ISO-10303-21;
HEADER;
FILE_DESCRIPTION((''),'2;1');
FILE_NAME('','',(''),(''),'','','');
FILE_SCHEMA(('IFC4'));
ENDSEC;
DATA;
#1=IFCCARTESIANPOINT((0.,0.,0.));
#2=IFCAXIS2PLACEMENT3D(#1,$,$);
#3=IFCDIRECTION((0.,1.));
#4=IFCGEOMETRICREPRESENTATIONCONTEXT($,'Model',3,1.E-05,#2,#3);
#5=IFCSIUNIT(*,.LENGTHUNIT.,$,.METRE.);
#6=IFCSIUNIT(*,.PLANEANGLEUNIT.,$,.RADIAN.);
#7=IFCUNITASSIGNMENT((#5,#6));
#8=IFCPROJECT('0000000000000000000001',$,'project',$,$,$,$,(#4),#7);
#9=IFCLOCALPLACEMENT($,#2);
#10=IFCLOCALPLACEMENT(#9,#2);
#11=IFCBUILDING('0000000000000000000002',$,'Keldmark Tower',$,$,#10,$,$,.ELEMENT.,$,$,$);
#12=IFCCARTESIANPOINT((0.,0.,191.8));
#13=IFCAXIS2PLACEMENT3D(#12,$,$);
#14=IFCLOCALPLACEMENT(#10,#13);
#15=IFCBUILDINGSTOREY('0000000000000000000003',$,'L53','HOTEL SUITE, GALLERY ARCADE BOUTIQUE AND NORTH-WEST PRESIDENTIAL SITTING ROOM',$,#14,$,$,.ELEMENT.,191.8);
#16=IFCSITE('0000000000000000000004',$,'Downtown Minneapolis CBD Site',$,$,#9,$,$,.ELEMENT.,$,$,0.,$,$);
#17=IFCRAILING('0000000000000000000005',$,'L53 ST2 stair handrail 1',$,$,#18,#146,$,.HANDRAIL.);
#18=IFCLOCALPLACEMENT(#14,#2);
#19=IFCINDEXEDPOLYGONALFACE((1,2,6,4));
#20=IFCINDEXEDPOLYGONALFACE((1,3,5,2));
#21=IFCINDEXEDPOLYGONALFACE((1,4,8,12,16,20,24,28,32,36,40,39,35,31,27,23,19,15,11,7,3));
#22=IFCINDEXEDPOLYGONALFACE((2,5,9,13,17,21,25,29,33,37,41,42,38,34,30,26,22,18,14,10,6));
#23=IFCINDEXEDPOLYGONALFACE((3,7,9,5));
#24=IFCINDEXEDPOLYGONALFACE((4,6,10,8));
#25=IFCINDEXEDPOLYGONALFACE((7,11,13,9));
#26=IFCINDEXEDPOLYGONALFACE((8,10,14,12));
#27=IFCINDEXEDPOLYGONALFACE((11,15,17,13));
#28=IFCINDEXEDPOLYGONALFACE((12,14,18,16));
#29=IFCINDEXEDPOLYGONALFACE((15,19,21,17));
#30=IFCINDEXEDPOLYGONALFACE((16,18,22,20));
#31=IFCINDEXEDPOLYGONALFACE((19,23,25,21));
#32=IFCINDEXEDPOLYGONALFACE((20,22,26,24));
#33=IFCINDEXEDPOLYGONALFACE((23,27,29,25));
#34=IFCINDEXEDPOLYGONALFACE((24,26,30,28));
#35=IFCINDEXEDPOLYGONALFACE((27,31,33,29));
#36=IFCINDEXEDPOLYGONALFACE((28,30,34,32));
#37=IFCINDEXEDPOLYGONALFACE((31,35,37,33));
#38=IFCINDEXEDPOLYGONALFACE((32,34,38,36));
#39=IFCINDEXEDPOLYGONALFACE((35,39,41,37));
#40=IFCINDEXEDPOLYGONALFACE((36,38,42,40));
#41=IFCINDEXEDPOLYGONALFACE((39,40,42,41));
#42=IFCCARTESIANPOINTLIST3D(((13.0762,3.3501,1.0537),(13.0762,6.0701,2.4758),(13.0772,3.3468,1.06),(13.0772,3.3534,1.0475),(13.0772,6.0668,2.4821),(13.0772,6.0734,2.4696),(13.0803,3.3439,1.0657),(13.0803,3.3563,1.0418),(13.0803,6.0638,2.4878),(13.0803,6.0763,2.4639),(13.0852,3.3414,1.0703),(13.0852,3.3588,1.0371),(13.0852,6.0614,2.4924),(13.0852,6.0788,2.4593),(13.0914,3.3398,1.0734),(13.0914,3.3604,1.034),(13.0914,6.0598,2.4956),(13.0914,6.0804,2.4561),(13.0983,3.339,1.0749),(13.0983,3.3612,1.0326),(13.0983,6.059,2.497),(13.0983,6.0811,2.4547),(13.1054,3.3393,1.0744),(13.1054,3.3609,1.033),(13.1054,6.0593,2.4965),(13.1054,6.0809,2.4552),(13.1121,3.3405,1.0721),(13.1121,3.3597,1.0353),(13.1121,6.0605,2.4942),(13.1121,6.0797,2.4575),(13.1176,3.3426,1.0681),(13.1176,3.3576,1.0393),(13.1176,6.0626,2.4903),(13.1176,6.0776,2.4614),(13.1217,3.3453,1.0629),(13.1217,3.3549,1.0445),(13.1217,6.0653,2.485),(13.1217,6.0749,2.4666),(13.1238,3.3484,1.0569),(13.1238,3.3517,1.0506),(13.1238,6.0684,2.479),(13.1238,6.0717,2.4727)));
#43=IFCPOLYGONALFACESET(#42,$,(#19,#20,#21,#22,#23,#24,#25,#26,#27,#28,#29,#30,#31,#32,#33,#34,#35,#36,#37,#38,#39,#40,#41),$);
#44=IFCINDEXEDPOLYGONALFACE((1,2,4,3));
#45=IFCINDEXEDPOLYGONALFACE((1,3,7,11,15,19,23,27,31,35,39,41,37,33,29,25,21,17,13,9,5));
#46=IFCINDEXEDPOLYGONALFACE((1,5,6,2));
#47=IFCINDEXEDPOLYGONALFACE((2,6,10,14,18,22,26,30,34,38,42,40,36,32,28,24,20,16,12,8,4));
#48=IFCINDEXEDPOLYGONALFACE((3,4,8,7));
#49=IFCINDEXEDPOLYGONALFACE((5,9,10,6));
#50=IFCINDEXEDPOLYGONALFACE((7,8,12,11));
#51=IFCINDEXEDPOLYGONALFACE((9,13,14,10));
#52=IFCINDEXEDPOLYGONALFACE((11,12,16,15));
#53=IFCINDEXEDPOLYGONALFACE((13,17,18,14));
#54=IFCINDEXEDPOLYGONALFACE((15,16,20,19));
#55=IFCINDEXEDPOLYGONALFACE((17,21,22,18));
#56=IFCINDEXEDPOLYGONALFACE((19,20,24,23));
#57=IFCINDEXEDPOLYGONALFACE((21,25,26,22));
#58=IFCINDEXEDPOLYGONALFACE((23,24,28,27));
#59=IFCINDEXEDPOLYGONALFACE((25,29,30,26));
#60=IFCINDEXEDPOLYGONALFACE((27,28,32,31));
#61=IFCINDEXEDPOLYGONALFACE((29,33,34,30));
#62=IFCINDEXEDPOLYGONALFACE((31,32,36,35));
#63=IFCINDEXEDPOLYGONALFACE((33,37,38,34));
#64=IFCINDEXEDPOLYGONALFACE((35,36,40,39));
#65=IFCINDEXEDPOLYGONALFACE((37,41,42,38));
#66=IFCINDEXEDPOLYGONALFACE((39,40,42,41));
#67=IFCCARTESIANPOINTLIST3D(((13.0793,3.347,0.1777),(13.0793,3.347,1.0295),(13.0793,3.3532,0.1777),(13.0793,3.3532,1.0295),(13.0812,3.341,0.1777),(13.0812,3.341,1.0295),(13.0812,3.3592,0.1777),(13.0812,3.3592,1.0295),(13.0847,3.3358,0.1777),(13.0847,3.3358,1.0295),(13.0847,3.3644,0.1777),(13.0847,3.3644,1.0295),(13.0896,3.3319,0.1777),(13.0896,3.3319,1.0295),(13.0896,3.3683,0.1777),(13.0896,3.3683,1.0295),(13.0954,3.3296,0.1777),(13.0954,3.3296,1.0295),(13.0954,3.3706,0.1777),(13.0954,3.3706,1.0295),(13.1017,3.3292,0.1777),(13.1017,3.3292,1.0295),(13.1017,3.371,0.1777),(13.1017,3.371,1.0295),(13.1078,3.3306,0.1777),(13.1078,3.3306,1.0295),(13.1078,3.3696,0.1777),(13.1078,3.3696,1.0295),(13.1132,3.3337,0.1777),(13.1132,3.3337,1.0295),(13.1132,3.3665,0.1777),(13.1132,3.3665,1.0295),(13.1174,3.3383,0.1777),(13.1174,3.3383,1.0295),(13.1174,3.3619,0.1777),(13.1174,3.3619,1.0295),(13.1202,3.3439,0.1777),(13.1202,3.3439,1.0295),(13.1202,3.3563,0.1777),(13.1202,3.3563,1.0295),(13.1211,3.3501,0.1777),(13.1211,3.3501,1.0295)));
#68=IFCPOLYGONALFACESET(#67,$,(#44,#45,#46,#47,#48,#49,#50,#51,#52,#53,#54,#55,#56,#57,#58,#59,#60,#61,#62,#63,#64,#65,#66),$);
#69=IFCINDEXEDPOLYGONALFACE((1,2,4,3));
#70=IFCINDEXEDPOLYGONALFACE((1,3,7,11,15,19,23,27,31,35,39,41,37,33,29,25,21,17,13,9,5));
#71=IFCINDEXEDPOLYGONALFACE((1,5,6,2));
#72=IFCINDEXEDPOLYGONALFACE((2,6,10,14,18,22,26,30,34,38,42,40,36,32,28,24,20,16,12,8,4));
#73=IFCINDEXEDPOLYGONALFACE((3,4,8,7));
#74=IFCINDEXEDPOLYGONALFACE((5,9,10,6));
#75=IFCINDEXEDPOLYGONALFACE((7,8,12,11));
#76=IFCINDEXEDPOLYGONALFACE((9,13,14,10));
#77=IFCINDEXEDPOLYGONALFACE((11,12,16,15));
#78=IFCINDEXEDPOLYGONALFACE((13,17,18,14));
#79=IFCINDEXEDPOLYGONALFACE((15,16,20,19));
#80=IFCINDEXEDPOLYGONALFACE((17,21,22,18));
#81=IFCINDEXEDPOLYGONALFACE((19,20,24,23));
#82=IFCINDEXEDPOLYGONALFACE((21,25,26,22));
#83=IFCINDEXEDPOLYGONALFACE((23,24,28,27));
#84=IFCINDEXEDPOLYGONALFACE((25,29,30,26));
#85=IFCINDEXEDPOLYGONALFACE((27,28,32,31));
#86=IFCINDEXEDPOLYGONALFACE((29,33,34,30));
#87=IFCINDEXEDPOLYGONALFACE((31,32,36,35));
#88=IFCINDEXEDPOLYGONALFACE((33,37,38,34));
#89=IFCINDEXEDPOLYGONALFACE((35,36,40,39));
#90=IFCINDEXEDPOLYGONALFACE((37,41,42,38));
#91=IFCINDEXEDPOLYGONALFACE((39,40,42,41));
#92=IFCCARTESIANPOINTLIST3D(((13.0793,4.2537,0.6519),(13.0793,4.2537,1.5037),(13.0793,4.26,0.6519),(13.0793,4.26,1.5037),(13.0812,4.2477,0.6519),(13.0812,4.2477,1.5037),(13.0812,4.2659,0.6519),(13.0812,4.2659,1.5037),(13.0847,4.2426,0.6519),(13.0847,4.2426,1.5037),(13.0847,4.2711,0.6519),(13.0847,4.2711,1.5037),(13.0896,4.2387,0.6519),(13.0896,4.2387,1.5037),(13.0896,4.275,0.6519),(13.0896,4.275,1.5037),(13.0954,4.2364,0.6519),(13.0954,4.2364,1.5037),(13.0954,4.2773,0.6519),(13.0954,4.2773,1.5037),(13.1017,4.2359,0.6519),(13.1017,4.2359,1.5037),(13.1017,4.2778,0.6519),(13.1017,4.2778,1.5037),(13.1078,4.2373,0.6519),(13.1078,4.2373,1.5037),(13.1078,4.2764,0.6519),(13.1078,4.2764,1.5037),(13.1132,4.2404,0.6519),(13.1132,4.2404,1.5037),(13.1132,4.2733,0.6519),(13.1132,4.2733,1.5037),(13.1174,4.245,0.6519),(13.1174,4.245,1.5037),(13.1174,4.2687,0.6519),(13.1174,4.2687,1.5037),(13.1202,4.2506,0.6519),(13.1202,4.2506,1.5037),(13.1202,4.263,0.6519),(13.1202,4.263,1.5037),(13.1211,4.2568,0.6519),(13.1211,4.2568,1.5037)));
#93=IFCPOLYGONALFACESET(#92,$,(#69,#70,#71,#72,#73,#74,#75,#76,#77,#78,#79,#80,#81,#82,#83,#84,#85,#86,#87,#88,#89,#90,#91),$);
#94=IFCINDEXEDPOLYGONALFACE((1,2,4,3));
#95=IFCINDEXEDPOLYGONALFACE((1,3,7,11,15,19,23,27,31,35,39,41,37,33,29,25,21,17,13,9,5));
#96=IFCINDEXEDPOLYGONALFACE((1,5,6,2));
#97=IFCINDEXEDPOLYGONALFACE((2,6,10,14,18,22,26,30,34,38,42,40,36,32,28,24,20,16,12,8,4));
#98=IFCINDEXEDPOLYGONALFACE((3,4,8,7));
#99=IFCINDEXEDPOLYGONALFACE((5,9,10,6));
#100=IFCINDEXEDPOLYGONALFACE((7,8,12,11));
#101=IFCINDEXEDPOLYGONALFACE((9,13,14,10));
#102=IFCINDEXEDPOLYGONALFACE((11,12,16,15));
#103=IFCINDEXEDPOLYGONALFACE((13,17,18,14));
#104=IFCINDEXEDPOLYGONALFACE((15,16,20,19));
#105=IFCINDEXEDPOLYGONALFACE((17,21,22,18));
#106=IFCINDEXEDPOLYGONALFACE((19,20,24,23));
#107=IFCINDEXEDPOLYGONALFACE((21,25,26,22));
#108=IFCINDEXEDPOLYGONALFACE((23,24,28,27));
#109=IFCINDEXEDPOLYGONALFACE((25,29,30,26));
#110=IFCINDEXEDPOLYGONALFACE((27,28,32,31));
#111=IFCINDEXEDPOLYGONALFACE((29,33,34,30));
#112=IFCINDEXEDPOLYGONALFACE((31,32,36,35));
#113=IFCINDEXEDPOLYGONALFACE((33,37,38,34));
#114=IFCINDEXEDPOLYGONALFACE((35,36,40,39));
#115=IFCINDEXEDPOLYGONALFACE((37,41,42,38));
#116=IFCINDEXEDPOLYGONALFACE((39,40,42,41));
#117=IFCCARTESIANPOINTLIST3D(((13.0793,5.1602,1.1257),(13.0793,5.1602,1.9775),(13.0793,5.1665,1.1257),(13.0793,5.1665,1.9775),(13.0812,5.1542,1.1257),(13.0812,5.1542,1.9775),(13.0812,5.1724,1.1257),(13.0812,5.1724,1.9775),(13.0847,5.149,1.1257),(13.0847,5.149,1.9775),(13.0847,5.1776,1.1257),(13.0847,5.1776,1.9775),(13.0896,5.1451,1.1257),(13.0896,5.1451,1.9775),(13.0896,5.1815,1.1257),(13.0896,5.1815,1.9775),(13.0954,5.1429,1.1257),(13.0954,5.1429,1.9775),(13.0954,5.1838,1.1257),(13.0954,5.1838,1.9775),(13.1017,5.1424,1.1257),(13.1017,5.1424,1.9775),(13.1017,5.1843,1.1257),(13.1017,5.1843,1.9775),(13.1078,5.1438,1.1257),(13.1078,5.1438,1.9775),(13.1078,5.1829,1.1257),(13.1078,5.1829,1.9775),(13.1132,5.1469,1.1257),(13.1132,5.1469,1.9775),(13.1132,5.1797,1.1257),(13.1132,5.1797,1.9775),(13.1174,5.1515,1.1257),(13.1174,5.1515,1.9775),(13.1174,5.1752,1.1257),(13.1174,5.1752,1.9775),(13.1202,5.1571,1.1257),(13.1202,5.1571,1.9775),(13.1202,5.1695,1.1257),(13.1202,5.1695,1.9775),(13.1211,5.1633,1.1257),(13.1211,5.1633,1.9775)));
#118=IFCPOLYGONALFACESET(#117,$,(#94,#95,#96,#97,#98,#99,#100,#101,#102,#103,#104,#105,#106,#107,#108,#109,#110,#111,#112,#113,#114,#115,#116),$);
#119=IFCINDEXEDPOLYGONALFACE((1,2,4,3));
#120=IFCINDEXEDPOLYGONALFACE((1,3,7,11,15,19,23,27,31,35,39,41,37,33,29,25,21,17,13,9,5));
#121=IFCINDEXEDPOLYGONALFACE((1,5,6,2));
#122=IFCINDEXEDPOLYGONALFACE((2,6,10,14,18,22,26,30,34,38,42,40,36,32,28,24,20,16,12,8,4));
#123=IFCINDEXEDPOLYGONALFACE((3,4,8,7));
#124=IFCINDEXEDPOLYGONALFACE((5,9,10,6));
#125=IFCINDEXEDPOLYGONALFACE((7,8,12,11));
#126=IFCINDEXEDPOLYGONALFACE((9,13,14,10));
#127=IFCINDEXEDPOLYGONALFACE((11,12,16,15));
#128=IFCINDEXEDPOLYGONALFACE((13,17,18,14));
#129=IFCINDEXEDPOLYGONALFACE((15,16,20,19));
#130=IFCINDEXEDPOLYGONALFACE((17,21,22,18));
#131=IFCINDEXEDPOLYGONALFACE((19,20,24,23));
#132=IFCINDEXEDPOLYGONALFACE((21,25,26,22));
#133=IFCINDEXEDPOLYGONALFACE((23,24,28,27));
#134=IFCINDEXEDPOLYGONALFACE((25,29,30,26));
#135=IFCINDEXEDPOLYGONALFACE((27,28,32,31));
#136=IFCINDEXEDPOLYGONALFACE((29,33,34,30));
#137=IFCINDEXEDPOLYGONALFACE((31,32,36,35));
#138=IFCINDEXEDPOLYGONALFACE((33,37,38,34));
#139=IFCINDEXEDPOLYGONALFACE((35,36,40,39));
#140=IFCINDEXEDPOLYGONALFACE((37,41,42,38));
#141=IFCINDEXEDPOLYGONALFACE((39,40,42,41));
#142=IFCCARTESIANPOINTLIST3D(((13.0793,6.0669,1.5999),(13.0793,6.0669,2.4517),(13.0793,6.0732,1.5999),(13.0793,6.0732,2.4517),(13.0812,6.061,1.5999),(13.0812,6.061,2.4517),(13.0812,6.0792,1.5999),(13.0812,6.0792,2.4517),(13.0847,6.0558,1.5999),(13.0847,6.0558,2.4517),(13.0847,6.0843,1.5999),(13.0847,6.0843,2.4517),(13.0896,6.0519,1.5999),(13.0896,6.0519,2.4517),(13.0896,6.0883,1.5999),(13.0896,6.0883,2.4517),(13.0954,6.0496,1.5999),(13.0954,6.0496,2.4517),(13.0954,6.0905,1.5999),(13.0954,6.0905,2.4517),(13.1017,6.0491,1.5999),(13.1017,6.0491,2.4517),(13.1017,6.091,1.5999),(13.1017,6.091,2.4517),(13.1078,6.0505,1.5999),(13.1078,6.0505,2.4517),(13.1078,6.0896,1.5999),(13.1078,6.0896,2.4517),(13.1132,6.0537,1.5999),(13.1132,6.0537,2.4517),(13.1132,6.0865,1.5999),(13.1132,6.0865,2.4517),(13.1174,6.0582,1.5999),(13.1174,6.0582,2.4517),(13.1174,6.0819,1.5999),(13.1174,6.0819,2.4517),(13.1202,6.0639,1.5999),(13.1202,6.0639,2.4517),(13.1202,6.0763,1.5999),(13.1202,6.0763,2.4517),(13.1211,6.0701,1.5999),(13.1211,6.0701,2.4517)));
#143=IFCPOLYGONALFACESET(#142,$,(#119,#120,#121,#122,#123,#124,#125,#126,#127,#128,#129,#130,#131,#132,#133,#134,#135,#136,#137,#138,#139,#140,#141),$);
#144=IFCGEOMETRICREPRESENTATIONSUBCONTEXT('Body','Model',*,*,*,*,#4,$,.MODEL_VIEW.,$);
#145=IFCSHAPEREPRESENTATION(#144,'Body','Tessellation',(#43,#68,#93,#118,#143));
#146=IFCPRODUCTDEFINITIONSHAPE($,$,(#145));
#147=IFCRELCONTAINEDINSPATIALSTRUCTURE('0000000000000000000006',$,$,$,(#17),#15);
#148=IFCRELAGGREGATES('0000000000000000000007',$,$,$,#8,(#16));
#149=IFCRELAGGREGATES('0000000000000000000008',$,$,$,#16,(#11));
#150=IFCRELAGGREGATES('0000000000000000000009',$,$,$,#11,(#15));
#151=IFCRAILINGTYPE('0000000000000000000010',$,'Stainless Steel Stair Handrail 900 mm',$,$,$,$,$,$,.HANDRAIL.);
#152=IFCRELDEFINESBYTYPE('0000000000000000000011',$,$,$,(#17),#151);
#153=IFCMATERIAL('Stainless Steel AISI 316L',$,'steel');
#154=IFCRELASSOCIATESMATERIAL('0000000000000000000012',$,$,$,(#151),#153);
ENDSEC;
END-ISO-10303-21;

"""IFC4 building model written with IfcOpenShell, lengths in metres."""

from ifc_helpers import new_model, si_unit, direction, frame, origin, origin_2d, place, context, subcontext, project, spatial, circle, extrude, material, type_object, element, save


model = new_model("IFC4")

# Units and contexts
model_context = context("Model", 3, precision=1e-05, world=origin(), true_north=direction((0.0, 1.0)))
body_context = subcontext(model_context, "Body", "Model", "MODEL_VIEW")
ifc_project = project(units=[si_unit("LENGTHUNIT", "METRE"), si_unit("PLANEANGLEUNIT", "RADIAN")], contexts=[model_context])

# Site, building, storey
site_placement = place(None, origin())
site = spatial("IfcSite", under=ifc_project, at=site_placement, Name="Downtown Minneapolis CBD Site", CompositionType="ELEMENT", RefElevation=0.0)
building_placement = place(site_placement, origin())
building = spatial("IfcBuilding", under=site, at=building_placement, Name="Keldmark Tower", CompositionType="ELEMENT")
storey_placement = place(building_placement, frame((0.0, 0.0, 191.8)))
storey = spatial("IfcBuildingStorey", under=building, at=storey_placement, Name="L53", Description="HOTEL SUITE, GALLERY ARCADE BOUTIQUE AND NORTH-WEST PRESIDENTIAL SITTING ROOM", CompositionType="ELEMENT", Elevation=191.8)

# Railing
ifc_material_1 = material(Name="Stainless Steel AISI 316L", Category="steel")
railing_type_1 = type_object("IfcRailingType", Name="Stainless Steel Stair Handrail 900 mm", PredefinedType="HANDRAIL", material=ifc_material_1)
railing_1_placement = place(storey_placement, frame((13.1001, 3.3501, 0.1777)))
element("IfcRailing", 1, at=railing_1_placement, inside=storey, type_object=railing_type_1, Name="L53 ST2 stair handrail 1", PredefinedType="HANDRAIL", context=body_context, shape_type="SweptSolid", body=[
    extrude(circle(Radius=0.0239, at=origin_2d()), frame((0.0, 0.0, 0.876), z_axis=(0.0, 0.886183, 0.463335), x_axis=(-1.0, 0.0, 0.0)), (0.0, 0.0, 1.0), 3.0693),
    extrude(circle(Radius=0.021, at=origin_2d()), origin(), (0.0, 0.0, 1.0), 0.8518),
    extrude(circle(Radius=0.021, at=origin_2d()), frame((0.0, 0.9067, 0.4741)), (0.0, 0.0, 1.0), 0.8518),
    extrude(circle(Radius=0.021, at=origin_2d()), frame((0.0, 1.8132, 0.948)), (0.0, 0.0, 1.0), 0.8518),
    extrude(circle(Radius=0.021, at=origin_2d()), frame((0.0, 2.72, 1.4221)), (0.0, 0.0, 1.0), 0.8518),
])

save(model, "model.ifc")
